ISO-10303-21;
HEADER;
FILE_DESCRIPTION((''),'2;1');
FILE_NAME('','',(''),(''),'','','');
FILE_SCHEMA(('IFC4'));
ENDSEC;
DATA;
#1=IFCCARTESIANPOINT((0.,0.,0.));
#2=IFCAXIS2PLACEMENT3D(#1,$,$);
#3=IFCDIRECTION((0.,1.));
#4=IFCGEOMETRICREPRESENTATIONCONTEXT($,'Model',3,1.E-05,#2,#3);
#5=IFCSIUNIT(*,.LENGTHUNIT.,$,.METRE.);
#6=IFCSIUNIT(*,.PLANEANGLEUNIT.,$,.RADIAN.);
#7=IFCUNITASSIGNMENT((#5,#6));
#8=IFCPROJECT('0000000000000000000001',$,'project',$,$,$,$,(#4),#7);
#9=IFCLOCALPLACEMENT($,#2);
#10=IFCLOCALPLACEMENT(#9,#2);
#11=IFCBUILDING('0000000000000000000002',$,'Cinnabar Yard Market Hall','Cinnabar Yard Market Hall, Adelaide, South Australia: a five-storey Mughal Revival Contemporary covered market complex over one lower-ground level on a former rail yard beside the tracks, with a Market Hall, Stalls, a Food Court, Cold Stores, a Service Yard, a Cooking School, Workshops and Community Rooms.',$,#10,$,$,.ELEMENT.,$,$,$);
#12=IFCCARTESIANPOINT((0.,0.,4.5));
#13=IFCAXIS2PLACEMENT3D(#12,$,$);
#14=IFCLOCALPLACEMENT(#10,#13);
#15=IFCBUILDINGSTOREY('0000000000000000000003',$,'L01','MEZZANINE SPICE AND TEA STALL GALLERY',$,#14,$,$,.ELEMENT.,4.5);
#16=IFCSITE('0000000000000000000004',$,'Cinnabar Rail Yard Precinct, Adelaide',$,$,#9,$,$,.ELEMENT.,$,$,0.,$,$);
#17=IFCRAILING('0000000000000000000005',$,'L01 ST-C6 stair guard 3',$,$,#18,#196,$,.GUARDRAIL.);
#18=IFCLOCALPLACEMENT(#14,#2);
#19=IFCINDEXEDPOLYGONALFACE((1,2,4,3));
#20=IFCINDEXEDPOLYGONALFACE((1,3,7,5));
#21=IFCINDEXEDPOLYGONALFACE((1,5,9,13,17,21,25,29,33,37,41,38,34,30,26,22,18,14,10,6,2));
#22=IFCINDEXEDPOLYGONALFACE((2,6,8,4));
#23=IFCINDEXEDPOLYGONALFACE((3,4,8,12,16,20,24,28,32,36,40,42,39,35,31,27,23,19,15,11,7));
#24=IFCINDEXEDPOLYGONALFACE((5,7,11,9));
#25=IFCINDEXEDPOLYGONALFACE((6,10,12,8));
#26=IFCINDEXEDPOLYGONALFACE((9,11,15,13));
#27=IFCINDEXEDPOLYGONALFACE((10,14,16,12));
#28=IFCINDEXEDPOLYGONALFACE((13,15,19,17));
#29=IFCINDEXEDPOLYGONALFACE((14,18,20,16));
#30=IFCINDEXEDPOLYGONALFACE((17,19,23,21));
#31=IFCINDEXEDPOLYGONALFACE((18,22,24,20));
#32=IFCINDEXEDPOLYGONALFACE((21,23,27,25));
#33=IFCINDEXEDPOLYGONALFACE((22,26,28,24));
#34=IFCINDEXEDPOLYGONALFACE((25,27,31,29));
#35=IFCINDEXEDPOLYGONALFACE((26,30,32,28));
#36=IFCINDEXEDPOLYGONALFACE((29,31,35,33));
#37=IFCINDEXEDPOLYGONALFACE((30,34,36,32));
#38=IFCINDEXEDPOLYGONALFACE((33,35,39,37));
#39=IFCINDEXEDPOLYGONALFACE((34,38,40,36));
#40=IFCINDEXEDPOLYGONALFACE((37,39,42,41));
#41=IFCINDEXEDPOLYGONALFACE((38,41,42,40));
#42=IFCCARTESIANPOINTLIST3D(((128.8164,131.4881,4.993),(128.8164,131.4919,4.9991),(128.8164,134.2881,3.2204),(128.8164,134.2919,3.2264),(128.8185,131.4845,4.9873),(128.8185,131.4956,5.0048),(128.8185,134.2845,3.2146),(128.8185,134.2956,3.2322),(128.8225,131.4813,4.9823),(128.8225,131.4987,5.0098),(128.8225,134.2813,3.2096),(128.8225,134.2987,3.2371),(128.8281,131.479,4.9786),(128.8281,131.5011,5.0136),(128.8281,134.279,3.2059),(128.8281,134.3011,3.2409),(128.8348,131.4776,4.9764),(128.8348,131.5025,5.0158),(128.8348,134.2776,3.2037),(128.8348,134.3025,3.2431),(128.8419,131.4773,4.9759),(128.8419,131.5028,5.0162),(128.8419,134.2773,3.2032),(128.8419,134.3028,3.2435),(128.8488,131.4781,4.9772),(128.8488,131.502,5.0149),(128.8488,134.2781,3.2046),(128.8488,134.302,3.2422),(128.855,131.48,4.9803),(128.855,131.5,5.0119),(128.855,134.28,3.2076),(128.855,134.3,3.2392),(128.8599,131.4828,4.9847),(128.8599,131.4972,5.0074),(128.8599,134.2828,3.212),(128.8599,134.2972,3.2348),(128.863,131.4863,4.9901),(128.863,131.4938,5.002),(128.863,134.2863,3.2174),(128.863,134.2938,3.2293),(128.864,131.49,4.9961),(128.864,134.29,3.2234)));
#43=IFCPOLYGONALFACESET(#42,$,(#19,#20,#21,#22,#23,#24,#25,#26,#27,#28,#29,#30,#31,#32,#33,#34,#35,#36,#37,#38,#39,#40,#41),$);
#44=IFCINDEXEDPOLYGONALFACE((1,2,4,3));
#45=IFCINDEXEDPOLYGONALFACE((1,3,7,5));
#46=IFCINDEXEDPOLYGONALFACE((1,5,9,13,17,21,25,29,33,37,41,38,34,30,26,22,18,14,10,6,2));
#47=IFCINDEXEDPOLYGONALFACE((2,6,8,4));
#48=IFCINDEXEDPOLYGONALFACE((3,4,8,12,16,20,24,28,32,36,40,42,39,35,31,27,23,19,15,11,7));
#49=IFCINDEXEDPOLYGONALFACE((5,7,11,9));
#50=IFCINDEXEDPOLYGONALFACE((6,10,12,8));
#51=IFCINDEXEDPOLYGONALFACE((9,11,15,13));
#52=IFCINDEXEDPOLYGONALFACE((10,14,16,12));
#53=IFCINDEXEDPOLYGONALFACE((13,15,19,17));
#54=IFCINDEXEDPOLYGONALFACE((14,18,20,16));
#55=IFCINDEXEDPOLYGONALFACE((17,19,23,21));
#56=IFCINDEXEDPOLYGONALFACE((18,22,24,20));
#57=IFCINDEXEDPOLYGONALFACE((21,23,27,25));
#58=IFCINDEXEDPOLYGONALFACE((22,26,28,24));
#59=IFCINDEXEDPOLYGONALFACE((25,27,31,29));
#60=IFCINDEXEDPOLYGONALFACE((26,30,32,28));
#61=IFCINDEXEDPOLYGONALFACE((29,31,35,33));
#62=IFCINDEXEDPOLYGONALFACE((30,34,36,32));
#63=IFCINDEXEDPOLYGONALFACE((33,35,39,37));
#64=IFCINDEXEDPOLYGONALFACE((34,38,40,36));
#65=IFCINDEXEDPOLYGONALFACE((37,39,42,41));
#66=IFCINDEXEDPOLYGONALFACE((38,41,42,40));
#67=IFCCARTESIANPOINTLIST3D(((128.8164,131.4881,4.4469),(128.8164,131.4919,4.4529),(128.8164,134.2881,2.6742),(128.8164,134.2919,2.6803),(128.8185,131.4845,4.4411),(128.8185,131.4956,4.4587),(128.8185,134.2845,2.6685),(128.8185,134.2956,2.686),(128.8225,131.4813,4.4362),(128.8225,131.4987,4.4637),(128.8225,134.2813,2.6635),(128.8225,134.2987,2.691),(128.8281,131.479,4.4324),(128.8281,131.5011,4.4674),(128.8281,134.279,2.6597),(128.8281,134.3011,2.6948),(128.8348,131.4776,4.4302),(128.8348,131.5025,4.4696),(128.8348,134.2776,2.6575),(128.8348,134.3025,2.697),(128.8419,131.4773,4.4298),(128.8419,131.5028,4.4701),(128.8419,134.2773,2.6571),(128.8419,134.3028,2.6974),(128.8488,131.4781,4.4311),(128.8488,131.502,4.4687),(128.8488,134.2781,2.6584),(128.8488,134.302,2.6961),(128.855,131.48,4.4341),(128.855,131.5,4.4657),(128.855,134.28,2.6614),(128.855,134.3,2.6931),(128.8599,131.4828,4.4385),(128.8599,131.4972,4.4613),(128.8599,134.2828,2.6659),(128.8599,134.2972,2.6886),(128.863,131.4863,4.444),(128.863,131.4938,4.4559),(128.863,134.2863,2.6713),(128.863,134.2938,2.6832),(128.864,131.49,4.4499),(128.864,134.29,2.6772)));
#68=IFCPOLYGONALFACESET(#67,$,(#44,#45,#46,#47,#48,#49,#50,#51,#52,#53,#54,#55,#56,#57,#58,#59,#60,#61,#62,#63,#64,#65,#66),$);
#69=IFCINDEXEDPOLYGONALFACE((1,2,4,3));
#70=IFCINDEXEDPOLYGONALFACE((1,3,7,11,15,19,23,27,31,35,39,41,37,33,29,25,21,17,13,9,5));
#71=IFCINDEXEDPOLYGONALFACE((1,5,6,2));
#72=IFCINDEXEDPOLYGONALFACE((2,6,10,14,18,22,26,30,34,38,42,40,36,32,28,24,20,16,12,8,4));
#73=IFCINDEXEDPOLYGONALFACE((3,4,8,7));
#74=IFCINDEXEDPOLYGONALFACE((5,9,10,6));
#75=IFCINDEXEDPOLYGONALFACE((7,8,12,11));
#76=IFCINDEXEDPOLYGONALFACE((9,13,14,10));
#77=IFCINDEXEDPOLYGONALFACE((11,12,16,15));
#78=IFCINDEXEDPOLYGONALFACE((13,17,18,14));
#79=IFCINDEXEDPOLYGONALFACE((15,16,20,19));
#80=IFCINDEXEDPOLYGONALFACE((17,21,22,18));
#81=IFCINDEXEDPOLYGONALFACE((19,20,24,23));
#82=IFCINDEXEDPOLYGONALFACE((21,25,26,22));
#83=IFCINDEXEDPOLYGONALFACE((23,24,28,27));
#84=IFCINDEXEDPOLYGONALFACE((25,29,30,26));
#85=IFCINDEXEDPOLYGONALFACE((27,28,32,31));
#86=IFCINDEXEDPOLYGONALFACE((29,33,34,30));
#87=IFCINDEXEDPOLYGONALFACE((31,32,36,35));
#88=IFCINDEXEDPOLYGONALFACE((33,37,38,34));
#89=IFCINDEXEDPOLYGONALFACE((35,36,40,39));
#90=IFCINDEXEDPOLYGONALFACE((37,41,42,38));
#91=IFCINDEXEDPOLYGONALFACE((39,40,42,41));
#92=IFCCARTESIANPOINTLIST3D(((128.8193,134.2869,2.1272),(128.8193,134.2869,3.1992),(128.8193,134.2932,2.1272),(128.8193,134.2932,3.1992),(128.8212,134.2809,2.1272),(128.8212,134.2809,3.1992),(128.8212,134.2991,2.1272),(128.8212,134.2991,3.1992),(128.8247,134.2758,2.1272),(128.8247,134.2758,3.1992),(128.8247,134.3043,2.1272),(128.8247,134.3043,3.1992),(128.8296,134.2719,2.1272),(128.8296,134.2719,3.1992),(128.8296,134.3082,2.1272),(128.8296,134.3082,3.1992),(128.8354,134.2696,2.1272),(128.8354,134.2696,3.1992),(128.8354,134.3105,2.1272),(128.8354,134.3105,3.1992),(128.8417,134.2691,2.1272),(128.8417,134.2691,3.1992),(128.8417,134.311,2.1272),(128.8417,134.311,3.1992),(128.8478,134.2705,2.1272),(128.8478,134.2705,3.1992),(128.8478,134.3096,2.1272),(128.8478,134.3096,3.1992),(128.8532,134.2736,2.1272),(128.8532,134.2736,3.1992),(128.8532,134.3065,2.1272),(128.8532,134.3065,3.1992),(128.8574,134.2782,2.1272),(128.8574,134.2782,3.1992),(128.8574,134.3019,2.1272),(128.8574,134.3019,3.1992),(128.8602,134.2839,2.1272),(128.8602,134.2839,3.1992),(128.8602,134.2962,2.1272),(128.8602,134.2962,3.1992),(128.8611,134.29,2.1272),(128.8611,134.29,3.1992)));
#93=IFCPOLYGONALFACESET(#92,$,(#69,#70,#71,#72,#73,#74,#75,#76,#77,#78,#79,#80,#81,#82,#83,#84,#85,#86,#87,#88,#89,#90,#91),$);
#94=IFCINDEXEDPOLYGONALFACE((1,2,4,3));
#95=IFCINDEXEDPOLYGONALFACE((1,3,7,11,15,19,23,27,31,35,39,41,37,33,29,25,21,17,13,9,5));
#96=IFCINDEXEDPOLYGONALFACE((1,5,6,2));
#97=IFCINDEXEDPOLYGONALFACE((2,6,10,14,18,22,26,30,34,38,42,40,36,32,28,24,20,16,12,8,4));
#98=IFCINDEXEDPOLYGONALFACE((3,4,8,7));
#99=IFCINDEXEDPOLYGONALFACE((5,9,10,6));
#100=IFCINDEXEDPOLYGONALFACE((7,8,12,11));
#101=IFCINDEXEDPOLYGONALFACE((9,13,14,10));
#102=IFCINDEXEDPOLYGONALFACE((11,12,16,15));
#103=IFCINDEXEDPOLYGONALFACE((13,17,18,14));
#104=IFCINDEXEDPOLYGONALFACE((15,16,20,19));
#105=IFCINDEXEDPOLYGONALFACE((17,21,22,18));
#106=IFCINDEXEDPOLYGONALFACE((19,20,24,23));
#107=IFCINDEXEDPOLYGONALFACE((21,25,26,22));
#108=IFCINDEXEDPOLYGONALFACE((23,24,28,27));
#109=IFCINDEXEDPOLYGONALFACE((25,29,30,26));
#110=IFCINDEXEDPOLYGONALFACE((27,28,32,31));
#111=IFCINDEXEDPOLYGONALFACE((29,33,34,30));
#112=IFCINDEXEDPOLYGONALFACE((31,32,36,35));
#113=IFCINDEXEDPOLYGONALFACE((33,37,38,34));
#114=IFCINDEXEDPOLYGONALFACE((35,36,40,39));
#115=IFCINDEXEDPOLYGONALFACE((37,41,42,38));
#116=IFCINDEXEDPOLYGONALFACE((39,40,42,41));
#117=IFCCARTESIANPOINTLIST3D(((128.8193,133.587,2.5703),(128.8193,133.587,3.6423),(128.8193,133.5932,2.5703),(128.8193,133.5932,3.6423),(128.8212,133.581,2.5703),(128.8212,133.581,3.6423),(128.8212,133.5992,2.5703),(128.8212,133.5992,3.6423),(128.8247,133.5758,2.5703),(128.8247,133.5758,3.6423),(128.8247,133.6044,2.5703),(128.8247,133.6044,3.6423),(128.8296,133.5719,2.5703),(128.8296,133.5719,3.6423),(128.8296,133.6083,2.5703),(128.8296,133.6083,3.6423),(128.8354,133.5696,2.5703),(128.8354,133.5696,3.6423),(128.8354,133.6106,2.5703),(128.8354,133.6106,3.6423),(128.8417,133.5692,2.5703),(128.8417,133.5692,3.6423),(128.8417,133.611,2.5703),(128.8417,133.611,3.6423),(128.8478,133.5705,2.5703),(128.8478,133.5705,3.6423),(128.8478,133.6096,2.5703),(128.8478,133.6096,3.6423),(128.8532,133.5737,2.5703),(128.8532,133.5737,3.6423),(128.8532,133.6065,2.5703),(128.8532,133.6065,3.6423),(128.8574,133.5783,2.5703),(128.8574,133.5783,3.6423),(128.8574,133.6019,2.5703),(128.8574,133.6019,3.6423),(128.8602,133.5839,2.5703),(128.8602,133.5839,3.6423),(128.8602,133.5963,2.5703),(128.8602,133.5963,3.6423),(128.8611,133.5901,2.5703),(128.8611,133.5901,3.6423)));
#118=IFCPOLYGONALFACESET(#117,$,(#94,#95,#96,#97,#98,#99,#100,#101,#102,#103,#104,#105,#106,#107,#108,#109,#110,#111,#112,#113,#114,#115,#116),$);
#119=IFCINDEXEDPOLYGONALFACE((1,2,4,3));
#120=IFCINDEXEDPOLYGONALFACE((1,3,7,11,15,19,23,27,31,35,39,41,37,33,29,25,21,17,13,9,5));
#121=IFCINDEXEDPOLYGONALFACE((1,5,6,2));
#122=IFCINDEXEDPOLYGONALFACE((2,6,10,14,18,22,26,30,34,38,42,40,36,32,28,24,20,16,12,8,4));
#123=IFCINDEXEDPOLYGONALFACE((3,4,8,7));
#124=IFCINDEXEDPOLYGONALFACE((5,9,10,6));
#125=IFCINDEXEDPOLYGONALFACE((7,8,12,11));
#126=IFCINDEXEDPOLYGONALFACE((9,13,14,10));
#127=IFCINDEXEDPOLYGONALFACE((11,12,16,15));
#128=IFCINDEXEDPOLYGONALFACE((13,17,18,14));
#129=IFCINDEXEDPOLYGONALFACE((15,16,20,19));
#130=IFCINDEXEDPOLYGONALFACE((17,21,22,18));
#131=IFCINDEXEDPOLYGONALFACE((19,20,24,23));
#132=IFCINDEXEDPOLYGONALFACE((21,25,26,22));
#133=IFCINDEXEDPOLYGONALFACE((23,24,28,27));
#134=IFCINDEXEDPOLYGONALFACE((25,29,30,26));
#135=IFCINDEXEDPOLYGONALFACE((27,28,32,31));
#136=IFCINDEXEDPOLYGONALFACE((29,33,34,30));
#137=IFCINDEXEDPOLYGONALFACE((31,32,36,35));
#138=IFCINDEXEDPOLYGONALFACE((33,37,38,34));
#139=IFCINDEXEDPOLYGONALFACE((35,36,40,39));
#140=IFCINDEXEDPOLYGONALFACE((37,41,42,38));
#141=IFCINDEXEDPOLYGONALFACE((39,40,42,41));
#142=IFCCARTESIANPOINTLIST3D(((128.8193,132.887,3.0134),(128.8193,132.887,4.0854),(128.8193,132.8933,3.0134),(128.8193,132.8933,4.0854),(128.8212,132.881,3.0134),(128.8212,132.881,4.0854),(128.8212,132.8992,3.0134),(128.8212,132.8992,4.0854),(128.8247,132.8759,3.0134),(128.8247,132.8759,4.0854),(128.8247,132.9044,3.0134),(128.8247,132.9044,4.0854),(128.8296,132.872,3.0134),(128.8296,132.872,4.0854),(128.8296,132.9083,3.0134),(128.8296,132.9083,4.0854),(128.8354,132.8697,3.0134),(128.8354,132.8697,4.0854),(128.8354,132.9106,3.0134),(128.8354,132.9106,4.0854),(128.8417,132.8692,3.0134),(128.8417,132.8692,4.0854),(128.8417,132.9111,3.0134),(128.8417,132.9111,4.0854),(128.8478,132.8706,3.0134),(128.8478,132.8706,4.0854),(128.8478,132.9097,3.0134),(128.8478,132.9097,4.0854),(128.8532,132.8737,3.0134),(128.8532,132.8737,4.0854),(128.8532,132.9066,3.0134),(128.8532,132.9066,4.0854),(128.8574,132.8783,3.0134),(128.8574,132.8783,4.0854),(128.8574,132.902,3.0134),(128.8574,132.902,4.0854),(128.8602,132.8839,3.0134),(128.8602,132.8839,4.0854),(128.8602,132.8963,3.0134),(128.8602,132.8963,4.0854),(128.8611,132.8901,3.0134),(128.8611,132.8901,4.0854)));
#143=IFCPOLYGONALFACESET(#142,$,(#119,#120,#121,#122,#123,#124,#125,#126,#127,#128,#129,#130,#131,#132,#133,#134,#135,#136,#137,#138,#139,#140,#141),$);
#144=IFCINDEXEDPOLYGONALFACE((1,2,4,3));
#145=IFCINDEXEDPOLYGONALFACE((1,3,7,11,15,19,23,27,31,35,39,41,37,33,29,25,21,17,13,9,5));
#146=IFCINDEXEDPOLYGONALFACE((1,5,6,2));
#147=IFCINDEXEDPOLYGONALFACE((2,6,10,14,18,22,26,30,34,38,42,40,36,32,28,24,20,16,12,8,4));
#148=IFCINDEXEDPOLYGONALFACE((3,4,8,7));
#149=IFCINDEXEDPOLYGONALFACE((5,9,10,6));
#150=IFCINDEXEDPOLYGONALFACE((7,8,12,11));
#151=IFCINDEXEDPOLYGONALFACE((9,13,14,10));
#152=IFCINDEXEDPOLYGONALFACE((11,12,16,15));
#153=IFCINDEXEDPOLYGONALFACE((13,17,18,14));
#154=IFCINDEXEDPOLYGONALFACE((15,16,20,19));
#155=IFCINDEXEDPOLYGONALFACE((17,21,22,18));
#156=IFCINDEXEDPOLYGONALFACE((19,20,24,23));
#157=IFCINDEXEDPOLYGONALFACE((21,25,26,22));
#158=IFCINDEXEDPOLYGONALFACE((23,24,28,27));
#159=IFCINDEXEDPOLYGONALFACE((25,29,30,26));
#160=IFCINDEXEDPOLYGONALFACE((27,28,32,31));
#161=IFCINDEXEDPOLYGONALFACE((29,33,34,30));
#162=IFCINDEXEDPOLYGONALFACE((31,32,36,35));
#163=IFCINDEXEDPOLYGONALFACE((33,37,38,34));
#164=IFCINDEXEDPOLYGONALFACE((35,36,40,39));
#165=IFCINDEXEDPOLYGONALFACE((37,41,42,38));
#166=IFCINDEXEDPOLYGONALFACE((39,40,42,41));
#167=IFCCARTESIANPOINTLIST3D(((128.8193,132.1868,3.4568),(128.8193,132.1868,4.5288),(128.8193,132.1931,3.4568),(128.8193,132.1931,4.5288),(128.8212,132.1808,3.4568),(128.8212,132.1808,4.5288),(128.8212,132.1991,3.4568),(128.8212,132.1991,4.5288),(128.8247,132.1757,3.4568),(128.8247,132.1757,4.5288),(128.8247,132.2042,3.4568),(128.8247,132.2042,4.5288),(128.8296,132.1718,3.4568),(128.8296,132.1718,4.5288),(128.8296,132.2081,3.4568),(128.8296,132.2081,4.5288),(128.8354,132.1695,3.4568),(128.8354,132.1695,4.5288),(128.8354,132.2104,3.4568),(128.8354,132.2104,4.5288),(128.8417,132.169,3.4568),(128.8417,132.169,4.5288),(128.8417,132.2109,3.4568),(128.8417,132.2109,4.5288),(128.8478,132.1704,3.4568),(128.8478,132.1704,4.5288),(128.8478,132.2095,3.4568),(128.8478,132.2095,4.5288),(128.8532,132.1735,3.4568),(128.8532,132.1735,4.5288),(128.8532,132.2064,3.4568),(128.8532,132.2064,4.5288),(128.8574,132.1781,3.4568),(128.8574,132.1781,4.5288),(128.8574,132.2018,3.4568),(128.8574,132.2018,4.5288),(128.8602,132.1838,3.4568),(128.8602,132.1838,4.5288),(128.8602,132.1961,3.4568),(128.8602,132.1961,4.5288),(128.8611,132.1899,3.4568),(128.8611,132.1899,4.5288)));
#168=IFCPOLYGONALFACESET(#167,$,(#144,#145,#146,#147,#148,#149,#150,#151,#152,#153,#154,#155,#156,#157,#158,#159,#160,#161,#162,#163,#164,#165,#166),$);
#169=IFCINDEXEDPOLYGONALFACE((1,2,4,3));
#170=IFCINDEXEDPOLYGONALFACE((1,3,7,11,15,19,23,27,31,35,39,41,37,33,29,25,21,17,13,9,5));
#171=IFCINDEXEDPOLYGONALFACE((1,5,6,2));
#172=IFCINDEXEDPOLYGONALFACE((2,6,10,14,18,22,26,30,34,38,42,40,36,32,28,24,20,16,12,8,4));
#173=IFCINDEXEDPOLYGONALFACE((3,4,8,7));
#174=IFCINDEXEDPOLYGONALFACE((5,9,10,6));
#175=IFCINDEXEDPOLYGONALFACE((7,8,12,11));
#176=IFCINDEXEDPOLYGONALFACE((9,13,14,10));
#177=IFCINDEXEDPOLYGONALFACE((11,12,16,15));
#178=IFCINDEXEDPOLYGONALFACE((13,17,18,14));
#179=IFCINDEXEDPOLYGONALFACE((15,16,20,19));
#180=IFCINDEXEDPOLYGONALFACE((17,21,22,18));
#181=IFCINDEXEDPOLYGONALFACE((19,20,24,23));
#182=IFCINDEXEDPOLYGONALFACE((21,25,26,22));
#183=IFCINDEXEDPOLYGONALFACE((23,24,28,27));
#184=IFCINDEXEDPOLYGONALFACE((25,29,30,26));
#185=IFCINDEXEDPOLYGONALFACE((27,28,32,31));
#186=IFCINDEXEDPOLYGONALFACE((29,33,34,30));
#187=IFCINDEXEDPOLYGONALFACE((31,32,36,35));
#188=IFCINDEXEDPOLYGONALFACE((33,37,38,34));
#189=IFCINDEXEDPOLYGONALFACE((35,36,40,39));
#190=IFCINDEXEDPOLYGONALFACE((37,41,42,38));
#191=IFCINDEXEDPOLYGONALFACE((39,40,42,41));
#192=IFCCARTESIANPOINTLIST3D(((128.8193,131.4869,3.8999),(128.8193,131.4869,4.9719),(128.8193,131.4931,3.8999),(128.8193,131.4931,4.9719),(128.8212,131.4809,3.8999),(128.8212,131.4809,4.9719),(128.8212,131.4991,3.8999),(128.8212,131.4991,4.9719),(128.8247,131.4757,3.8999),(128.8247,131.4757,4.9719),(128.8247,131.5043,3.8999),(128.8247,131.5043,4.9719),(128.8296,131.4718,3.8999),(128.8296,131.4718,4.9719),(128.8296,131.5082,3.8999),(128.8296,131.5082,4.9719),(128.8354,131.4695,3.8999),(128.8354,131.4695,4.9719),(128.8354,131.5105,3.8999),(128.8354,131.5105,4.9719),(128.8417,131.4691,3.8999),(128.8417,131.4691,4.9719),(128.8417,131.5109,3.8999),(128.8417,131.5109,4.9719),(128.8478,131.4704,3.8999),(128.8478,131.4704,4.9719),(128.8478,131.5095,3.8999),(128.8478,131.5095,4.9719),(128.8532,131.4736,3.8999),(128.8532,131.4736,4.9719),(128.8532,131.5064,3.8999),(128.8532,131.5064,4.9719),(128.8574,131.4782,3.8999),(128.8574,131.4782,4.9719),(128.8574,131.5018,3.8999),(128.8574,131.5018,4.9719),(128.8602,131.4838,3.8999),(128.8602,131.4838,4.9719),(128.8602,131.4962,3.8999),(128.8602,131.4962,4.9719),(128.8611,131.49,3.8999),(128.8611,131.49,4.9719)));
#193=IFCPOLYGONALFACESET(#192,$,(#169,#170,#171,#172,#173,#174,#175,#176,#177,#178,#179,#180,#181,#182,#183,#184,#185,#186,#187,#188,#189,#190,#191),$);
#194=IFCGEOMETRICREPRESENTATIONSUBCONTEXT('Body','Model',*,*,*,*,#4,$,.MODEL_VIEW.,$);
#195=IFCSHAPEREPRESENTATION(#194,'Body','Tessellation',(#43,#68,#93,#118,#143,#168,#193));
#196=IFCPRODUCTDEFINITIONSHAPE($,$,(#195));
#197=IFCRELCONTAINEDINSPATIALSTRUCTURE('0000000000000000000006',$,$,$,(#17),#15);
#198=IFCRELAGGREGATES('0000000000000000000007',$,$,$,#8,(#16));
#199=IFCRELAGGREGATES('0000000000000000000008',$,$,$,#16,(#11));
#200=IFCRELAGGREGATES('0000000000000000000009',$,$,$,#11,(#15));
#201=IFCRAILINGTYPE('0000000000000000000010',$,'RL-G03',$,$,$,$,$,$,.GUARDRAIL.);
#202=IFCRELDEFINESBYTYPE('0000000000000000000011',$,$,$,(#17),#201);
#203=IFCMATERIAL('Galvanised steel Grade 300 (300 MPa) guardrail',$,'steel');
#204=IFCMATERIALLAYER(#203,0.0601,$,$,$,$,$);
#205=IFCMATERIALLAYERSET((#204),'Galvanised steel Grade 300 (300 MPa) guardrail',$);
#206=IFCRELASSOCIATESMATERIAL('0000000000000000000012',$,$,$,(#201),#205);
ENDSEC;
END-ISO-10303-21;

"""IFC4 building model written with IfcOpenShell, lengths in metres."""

from ifc_helpers import new_model, si_unit, direction, frame, origin, origin_2d_with_axis, place, context, subcontext, project, spatial, circle, extrude, material, layer, layer_set, type_object, element, save


model = new_model("IFC4")

# Units and contexts
model_context = context("Model", 3, precision=1e-05, world=origin(), true_north=direction((0.0, 1.0)))
body_context = subcontext(model_context, "Body", "Model", "MODEL_VIEW")
ifc_project = project(units=[si_unit("LENGTHUNIT", "METRE"), si_unit("PLANEANGLEUNIT", "RADIAN")], contexts=[model_context])

# Site, building, storey
site_placement = place(None, origin())
site = spatial("IfcSite", under=ifc_project, at=site_placement, Name="Cinnabar Rail Yard Precinct, Adelaide", CompositionType="ELEMENT", RefElevation=0.0)
building_placement = place(site_placement, origin())
building = spatial("IfcBuilding", under=site, at=building_placement, Name="Cinnabar Yard Market Hall", Description="Cinnabar Yard Market Hall, Adelaide, South Australia: a five-storey Mughal Revival Contemporary covered market complex over one lower-ground level on a former rail yard beside the tracks, with a Market Hall, Stalls, a Food Court, Cold Stores, a Service Yard, a Cooking School, Workshops and Community Rooms.", CompositionType="ELEMENT")
storey_placement = place(building_placement, frame((0.0, 0.0, 4.5)))
storey = spatial("IfcBuildingStorey", under=building, at=storey_placement, Name="L01", Description="MEZZANINE SPICE AND TEA STALL GALLERY", CompositionType="ELEMENT", Elevation=4.5)

# Railing
ifc_material_1 = material(Name="Galvanised steel Grade 300 (300 MPa) guardrail", Category="steel")
ifc_layer_1 = layer(ifc_material_1, 0.0601)
ifc_layer_set_1 = layer_set([ifc_layer_1], Name="Galvanised steel Grade 300 (300 MPa) guardrail")
railing_type_1 = type_object("IfcRailingType", Name="RL-G03", PredefinedType="GUARDRAIL", material=ifc_layer_set_1)
railing_1_placement = place(storey_placement, frame((128.8401, 134.29, 2.1272)))
element("IfcRailing", 1, at=railing_1_placement, inside=storey, type_object=railing_type_1, Name="L01 ST-C6 stair guard 3", PredefinedType="GUARDRAIL", context=body_context, shape_type="SweptSolid", body=[
    extrude(circle(Radius=0.0239, at=origin_2d_with_axis()), frame((0.0, 0.0, 1.0962), z_axis=(0.0, -0.844909, 0.53491), x_axis=(1.0, 0.0, 0.0)), (0.0, 0.0, 1.0), 3.314),
    extrude(circle(Radius=0.0239, at=origin_2d_with_axis()), frame((0.0, 0.0, 0.55), z_axis=(0.0, -0.844909, 0.53491), x_axis=(1.0, 0.0, 0.0)), (0.0, 0.0, 1.0), 3.314),
    extrude(circle(Radius=0.021, at=origin_2d_with_axis()), origin(), (0.0, 0.0, 1.0), 1.072),
    extrude(circle(Radius=0.021, at=origin_2d_with_axis()), frame((0.0, -0.7, 0.4431)), (0.0, 0.0, 1.0), 1.072),
    extrude(circle(Radius=0.021, at=origin_2d_with_axis()), frame((0.0, -1.3999, 0.8862)), (0.0, 0.0, 1.0), 1.072),
    extrude(circle(Radius=0.021, at=origin_2d_with_axis()), frame((0.0, -2.1001, 1.3296)), (0.0, 0.0, 1.0), 1.072),
    extrude(circle(Radius=0.021, at=origin_2d_with_axis()), frame((0.0, -2.8, 1.7727)), (0.0, 0.0, 1.0), 1.072),
])

save(model, "model.ifc")
